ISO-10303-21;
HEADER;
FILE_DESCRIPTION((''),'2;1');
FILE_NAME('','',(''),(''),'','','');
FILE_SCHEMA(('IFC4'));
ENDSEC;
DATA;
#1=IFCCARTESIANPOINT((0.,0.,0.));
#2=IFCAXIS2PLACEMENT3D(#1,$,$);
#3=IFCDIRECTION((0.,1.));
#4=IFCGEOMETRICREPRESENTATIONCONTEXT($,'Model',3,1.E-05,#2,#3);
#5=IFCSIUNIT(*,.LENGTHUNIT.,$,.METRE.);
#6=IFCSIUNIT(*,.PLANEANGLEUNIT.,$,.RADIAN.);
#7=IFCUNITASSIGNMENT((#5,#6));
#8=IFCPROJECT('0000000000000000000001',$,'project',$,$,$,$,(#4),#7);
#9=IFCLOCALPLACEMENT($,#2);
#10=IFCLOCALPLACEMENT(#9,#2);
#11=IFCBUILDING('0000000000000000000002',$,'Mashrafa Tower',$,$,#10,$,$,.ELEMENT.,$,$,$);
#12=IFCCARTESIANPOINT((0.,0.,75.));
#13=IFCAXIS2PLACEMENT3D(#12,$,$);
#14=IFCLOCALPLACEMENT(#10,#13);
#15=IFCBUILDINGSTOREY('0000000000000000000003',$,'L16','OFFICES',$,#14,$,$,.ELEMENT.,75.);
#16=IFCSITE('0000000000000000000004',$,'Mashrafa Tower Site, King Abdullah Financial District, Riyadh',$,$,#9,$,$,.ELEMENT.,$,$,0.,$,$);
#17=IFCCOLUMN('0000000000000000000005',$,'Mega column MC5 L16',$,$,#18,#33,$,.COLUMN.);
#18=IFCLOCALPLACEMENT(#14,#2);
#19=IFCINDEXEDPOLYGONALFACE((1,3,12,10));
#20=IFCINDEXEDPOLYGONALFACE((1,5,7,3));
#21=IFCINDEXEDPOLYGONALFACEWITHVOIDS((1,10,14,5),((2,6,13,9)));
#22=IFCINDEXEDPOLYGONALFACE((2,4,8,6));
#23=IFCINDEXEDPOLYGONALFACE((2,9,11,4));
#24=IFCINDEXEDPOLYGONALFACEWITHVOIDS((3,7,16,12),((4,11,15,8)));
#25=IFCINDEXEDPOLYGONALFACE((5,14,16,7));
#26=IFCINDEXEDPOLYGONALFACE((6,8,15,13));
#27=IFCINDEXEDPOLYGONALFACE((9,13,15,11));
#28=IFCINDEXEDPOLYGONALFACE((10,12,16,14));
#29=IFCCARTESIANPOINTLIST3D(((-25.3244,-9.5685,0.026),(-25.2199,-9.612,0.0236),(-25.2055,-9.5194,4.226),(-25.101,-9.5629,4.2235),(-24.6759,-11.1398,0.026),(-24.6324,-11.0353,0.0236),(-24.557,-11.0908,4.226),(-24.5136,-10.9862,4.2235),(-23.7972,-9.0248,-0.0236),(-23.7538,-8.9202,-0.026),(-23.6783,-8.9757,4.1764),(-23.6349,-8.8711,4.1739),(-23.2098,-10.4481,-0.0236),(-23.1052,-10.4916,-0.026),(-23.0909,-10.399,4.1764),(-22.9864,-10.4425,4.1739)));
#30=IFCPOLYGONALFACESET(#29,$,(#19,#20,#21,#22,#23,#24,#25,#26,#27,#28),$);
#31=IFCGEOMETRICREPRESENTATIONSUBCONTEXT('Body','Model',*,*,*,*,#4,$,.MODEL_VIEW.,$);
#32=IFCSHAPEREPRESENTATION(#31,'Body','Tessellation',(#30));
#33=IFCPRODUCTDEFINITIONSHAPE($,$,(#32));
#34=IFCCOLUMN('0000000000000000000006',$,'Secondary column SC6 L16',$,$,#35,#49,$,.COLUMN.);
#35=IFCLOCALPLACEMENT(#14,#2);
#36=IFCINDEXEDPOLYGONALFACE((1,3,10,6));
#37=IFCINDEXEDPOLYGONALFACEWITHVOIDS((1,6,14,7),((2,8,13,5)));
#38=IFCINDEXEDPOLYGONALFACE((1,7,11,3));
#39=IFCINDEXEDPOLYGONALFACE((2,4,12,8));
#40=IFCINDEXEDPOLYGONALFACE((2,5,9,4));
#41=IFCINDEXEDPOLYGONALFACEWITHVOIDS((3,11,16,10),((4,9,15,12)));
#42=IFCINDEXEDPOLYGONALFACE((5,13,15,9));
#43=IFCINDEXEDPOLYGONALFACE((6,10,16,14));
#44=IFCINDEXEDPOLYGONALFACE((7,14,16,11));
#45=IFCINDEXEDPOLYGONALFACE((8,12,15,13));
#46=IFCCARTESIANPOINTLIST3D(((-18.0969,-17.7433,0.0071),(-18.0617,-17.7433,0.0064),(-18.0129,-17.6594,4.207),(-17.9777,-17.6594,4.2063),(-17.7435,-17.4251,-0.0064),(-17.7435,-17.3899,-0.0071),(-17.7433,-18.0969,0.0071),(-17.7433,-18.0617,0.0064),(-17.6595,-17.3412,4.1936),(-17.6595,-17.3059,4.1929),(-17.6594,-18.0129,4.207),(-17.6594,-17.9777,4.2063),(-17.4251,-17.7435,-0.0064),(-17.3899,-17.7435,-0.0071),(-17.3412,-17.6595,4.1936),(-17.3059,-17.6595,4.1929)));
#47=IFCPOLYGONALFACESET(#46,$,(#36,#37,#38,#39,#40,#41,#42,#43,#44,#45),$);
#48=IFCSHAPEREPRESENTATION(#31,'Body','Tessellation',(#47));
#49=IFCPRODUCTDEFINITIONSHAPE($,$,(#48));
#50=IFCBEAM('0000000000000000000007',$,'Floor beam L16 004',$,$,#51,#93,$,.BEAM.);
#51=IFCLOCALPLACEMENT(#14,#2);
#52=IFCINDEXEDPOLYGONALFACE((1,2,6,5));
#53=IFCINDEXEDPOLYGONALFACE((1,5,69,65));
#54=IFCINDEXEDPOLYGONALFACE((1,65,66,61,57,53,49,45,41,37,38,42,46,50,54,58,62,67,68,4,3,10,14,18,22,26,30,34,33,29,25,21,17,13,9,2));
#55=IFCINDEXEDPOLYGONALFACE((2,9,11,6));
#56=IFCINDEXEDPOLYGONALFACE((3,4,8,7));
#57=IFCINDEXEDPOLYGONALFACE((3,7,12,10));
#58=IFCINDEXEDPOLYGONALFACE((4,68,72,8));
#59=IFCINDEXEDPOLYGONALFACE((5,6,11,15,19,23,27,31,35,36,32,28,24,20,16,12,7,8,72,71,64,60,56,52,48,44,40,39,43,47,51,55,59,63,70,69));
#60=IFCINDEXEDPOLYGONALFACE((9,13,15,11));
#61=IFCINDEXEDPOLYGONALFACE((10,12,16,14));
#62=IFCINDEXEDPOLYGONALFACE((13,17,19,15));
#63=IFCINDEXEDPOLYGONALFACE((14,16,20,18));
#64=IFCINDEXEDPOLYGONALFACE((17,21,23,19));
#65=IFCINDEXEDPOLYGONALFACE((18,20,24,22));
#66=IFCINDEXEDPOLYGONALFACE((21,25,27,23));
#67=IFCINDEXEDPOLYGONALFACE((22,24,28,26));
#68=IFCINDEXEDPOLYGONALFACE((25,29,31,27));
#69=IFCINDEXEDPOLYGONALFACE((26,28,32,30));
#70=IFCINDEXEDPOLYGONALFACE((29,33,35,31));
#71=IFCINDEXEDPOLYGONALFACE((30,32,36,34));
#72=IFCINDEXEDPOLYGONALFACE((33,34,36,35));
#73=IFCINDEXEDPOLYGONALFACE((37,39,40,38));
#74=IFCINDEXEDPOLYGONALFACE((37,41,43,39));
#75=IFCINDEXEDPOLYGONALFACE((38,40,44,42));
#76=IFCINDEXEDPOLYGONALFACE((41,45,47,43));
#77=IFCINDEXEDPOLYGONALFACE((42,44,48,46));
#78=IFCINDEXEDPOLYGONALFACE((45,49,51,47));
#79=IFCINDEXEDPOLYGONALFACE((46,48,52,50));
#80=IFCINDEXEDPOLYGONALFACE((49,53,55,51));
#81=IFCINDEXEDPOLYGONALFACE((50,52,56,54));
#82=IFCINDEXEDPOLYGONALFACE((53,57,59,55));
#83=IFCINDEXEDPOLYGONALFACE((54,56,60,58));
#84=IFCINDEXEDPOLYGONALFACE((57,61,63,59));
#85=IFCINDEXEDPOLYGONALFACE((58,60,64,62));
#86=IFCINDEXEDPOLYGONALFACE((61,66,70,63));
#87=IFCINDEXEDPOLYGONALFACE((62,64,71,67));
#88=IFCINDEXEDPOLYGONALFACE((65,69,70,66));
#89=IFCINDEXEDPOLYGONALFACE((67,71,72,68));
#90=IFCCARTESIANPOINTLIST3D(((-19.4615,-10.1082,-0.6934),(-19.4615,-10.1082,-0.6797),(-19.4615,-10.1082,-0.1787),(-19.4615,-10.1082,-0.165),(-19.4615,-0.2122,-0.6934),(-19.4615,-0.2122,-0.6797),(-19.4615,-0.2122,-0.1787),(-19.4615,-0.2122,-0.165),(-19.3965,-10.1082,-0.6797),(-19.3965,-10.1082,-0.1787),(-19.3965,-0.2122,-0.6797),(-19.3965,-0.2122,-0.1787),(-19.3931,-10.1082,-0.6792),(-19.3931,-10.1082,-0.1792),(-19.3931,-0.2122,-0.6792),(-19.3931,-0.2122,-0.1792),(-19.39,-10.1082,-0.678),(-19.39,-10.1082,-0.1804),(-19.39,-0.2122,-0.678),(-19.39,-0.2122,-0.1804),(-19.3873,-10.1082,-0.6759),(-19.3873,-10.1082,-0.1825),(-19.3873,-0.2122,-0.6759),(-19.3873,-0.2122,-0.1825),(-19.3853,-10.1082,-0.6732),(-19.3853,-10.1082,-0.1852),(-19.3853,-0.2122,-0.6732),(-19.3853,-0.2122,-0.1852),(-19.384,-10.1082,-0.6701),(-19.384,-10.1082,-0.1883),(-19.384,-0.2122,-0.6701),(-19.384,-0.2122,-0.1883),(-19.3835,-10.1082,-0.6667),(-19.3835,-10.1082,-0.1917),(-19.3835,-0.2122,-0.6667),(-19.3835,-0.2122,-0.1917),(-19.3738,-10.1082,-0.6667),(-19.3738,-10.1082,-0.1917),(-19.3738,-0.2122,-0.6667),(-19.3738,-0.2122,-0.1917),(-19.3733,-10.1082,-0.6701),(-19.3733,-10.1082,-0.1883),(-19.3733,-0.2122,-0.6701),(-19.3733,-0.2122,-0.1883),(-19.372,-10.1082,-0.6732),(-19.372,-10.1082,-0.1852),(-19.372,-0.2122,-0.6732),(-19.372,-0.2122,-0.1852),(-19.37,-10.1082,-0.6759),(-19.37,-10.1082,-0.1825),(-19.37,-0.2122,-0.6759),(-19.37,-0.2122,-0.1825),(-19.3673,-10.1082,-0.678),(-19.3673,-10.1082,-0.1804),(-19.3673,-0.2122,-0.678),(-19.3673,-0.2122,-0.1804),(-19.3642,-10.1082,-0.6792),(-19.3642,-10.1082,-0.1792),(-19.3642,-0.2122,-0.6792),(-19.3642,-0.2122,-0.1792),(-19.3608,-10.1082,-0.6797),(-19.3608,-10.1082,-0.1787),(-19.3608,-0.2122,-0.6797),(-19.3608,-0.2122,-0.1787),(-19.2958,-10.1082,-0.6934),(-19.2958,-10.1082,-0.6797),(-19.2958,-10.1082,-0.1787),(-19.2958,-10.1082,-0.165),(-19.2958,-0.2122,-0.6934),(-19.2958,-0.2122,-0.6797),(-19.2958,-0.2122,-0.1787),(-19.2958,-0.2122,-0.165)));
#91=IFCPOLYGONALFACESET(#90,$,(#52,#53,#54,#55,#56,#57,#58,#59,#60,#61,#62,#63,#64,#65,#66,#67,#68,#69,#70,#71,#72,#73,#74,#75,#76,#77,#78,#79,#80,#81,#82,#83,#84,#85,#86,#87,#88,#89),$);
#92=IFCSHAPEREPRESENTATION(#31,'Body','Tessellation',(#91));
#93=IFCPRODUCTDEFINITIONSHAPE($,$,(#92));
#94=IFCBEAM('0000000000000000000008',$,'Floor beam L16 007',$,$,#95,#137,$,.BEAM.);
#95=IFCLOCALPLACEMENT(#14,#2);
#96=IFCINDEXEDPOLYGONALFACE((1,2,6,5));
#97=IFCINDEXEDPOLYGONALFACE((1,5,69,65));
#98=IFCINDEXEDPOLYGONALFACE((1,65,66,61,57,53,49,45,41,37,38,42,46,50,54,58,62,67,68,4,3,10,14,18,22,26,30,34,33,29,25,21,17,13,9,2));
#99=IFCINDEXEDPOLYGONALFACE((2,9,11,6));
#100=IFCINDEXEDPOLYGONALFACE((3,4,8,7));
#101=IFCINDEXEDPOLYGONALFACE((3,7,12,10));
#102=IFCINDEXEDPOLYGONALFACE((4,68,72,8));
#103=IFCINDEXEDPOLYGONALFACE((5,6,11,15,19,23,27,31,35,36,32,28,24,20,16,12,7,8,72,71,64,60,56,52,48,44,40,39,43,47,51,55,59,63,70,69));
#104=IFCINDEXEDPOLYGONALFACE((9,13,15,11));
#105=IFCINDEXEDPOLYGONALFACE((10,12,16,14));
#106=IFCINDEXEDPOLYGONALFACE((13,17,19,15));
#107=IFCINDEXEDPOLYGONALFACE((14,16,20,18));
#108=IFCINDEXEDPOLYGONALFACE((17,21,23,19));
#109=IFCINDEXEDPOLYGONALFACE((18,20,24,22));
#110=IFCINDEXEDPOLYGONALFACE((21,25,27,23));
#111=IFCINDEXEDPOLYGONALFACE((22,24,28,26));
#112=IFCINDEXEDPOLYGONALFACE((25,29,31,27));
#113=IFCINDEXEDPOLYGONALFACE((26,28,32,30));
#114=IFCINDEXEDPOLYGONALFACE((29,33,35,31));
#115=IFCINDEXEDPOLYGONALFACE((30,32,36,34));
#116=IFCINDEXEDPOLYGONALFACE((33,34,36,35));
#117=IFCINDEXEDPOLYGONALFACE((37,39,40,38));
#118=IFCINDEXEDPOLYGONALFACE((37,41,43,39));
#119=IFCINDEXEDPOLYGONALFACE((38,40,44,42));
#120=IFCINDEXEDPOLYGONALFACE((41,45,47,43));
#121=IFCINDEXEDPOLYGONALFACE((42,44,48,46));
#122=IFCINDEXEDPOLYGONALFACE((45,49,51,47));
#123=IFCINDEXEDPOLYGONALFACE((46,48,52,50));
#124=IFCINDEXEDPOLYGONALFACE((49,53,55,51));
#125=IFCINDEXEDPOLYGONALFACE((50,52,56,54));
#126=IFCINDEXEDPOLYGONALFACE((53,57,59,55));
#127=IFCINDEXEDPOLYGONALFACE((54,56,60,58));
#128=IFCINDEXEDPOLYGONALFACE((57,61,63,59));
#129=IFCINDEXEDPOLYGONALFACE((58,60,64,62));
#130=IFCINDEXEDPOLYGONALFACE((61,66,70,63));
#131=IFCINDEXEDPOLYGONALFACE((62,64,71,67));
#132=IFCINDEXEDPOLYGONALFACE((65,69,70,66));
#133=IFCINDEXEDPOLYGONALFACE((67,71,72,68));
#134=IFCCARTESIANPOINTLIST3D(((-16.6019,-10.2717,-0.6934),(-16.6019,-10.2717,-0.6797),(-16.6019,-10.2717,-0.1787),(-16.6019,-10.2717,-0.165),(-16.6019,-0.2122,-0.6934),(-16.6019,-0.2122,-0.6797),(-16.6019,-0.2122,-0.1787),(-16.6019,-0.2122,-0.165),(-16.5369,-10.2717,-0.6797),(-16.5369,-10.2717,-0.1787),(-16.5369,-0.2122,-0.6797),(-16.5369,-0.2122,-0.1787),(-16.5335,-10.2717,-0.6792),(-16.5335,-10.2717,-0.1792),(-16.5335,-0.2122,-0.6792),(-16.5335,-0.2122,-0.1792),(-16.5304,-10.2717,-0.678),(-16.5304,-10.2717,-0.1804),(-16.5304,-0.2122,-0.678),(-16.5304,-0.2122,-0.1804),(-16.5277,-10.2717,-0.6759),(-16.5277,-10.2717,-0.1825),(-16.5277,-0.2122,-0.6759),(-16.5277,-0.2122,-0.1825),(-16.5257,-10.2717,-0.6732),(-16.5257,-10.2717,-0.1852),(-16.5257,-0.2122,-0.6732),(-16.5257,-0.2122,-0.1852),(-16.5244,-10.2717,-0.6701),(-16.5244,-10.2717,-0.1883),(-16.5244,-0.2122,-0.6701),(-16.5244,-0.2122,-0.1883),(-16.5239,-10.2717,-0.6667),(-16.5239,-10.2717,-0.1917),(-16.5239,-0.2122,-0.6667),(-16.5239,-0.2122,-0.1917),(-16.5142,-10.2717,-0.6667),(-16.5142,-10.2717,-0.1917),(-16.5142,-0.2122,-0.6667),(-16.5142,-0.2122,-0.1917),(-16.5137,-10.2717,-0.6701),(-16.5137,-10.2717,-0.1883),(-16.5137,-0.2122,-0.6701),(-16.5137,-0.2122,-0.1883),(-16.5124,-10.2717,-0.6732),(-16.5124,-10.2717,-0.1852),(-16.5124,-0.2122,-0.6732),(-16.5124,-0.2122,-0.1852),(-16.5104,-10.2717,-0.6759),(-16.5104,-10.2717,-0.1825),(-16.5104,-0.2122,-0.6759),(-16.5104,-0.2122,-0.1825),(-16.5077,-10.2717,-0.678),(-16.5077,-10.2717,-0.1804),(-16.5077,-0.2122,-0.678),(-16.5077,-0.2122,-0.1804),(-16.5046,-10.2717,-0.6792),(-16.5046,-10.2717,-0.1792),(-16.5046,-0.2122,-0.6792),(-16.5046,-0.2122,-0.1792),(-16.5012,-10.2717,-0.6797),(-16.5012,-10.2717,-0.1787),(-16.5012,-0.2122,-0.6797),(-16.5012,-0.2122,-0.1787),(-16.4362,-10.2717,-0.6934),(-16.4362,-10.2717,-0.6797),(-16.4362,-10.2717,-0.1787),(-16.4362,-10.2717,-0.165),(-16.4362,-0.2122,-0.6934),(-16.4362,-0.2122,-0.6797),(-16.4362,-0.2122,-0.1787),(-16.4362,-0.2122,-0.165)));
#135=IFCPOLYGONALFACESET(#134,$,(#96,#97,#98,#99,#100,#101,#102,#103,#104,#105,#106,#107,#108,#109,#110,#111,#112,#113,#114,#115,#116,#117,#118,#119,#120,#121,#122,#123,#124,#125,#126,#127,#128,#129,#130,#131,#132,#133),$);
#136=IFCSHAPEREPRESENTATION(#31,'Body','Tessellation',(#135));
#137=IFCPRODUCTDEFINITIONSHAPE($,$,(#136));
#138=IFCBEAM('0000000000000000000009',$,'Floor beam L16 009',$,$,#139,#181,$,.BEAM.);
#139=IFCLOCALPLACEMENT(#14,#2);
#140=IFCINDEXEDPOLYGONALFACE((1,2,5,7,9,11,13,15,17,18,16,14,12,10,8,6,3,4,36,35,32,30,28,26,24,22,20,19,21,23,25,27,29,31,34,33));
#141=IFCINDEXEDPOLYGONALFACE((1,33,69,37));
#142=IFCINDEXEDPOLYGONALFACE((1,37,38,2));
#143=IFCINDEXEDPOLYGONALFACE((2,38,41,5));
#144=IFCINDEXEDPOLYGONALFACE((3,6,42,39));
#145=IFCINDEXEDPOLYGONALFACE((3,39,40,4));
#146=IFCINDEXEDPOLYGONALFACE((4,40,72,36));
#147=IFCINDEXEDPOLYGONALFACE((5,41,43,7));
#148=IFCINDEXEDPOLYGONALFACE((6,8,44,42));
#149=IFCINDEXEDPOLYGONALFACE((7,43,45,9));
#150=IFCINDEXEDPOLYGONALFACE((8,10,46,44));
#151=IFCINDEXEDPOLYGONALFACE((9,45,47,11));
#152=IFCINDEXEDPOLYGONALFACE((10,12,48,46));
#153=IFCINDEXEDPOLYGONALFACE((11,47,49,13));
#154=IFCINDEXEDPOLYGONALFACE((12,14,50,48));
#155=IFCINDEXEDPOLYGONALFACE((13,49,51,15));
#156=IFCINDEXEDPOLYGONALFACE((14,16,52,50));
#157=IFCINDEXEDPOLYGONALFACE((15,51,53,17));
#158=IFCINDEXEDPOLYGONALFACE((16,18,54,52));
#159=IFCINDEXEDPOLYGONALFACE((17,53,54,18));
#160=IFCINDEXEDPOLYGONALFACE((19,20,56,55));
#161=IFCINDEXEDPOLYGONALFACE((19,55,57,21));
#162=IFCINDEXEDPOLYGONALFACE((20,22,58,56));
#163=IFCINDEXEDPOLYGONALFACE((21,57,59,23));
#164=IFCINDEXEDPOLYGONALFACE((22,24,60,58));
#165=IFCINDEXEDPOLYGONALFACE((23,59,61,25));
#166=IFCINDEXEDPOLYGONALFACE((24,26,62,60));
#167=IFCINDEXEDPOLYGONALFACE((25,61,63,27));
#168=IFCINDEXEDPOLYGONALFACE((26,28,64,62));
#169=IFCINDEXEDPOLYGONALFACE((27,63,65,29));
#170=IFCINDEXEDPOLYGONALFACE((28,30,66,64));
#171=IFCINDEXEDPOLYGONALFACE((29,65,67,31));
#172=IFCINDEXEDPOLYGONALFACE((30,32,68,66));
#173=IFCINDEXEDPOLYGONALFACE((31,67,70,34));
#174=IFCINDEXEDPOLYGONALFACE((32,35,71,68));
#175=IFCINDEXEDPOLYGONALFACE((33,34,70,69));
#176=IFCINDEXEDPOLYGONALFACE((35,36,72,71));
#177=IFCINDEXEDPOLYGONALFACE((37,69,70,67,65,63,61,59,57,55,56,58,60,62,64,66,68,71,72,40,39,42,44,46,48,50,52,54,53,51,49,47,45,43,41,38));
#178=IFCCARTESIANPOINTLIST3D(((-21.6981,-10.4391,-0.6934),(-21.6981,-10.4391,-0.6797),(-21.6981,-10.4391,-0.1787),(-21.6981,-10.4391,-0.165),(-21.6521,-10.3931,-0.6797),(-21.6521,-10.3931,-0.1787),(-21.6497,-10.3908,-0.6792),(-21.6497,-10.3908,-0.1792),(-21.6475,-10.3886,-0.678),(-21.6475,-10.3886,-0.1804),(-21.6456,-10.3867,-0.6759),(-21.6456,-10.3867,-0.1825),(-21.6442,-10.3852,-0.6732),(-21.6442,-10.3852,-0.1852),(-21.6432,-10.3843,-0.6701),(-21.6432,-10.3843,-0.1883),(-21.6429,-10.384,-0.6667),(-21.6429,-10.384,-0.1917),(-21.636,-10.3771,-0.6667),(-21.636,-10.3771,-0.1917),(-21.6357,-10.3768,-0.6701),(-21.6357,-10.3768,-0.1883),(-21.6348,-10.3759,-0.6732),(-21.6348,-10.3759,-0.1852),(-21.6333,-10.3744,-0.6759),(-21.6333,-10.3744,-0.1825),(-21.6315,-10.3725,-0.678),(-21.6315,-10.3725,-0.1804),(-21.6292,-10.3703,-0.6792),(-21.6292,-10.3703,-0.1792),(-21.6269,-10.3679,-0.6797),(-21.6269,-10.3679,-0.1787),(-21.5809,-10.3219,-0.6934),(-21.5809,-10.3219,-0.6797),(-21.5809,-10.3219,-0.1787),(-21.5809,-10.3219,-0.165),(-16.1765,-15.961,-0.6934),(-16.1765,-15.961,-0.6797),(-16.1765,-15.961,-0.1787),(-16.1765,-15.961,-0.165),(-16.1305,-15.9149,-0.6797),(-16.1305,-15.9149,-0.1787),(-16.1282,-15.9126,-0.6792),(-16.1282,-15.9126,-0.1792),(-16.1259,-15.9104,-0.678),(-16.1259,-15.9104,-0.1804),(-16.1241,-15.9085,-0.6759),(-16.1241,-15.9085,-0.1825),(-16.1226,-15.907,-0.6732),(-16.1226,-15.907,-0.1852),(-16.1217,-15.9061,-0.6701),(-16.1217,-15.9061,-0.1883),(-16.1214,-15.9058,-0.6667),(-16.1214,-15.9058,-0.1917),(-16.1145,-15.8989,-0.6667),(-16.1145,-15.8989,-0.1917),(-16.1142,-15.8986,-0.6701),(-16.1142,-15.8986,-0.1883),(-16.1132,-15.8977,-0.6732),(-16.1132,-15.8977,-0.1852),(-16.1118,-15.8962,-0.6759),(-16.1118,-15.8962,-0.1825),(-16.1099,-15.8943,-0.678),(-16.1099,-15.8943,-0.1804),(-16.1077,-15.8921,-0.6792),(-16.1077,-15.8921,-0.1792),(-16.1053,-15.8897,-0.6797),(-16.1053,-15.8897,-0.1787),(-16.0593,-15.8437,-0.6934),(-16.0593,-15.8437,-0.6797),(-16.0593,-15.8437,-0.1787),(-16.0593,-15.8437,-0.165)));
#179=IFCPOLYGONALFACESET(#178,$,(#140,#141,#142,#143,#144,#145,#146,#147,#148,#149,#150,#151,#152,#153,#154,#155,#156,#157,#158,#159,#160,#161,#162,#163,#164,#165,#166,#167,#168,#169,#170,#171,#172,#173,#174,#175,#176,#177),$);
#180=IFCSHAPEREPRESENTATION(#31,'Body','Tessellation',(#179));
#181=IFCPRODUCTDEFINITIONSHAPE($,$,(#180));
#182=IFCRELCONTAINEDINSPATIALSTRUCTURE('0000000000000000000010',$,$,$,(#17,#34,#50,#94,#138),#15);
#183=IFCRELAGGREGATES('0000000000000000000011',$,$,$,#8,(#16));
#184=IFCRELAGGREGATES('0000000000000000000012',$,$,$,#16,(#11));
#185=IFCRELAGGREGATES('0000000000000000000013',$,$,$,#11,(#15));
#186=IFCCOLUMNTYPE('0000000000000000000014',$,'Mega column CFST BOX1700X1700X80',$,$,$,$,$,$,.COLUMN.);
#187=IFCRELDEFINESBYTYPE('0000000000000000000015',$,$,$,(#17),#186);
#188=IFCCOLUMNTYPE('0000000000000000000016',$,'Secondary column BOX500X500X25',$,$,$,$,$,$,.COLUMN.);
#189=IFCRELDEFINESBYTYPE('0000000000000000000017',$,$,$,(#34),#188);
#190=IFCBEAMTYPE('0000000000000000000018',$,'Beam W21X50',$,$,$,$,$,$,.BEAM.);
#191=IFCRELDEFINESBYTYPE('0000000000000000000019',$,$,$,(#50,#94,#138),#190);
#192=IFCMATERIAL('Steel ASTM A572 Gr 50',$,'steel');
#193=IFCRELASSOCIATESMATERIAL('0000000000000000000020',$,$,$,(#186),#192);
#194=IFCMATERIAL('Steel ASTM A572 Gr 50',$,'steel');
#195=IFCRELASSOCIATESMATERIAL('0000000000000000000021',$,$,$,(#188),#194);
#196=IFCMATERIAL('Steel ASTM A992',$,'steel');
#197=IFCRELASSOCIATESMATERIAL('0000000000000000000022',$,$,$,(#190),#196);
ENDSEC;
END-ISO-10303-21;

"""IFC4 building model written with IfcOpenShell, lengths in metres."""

from ifc_helpers import new_model, si_unit, direction, frame, origin, origin_2d, place, context, subcontext, project, spatial, hollow_rectangle, i_section, extrude, material, material_profile, profile_set, type_object, element, save


model = new_model("IFC4")

# Units and contexts
model_context = context("Model", 3, precision=1e-05, world=origin(), true_north=direction((0.0, 1.0)))
body_context = subcontext(model_context, "Body", "Model", "MODEL_VIEW")
ifc_project = project(units=[si_unit("LENGTHUNIT", "METRE"), si_unit("PLANEANGLEUNIT", "RADIAN")], contexts=[model_context])

# Site, building, storey
site_placement = place(None, origin())
site = spatial("IfcSite", under=ifc_project, at=site_placement, Name="Mashrafa Tower Site, King Abdullah Financial District, Riyadh", CompositionType="ELEMENT", RefElevation=0.0)
building_placement = place(site_placement, origin())
building = spatial("IfcBuilding", under=site, at=building_placement, Name="Mashrafa Tower", CompositionType="ELEMENT")
storey_placement = place(building_placement, frame((0.0, 0.0, 75.0)))
storey = spatial("IfcBuildingStorey", under=building, at=storey_placement, Name="L16", Description="OFFICES", CompositionType="ELEMENT", Elevation=75.0)

# Columns
ifc_material_1 = material(Name="Steel ASTM A572 Gr 50", Category="steel")
ifc_material_profile_1 = material_profile(ifc_material_1, hollow_rectangle(XDim=1.7, YDim=1.7, WallThickness=0.0801, at=origin_2d()), Name="BOX1700X1700X80")
ifc_profile_set_1 = profile_set([ifc_material_profile_1], Name="Steel ASTM A572 Gr 50")
column_type_1 = type_object("IfcColumnType", Name="Mega column CFST BOX1700X1700X80", PredefinedType="COLUMN", material=ifc_profile_set_1)
column_1_placement = place(storey_placement, frame((-24.2148, -10.03, 0.0), z_axis=(0.028296, 0.011679, 0.999531), x_axis=(-0.381513, 0.924363, 0.0)))
element("IfcColumn", 1, at=column_1_placement, inside=storey, type_object=column_type_1, Name="Mega column MC5 L16", PredefinedType="COLUMN", context=body_context, shape_type="SweptSolid", body=[
    extrude(hollow_rectangle(XDim=1.7, YDim=1.7, WallThickness=0.0801, at=origin_2d()), origin(), (0.0, 0.0, 1.0), 4.2019),
])
ifc_material_2 = material(Name="Steel ASTM A572 Gr 50", Category="steel")
ifc_material_profile_2 = material_profile(ifc_material_2, hollow_rectangle(XDim=0.5, YDim=0.5, WallThickness=0.0249, at=origin_2d()), Name="BOX500X500X25")
ifc_profile_set_2 = profile_set([ifc_material_profile_2], Name="Steel ASTM A572 Gr 50")
column_type_2 = type_object("IfcColumnType", Name="Secondary column BOX500X500X25", PredefinedType="COLUMN", material=ifc_profile_set_2)
column_2_placement = place(storey_placement, frame((-17.7434, -17.7434, 0.0), z_axis=(0.019989, 0.019989, 0.9996), x_axis=(-0.707107, 0.707107, 0.0)))
element("IfcColumn", 2, at=column_2_placement, inside=storey, type_object=column_type_2, Name="Secondary column SC6 L16", PredefinedType="COLUMN", context=body_context, shape_type="SweptSolid", body=[
    extrude(hollow_rectangle(XDim=0.5, YDim=0.5, WallThickness=0.0249, at=origin_2d()), origin(), (0.0, 0.0, 1.0), 4.2017),
])

# Beams
ifc_material_3 = material(Name="Steel ASTM A992", Category="steel")
ifc_material_profile_3 = material_profile(ifc_material_3, i_section(OverallWidth=0.1658, OverallDepth=0.5283, WebThickness=0.0098, FlangeThickness=0.0137, FilletRadius=0.0129, at=origin_2d()), Name="W21X50")
ifc_profile_set_3 = profile_set([ifc_material_profile_3], Name="Steel ASTM A992")
beam_type = type_object("IfcBeamType", Name="Beam W21X50", PredefinedType="BEAM", material=ifc_profile_set_3)
beam_1_placement = place(storey_placement, frame((-19.3787, -10.1082, -0.4292), z_axis=(0.0, 1.0, 0.0), x_axis=(-1.0, 0.0, 0.0)))
element("IfcBeam", 3, at=beam_1_placement, inside=storey, type_object=beam_type, Name="Floor beam L16 004", PredefinedType="BEAM", context=body_context, shape_type="SweptSolid", body=[
    extrude(i_section(OverallWidth=0.1658, OverallDepth=0.5283, WebThickness=0.0098, FlangeThickness=0.0137, FilletRadius=0.0129, at=origin_2d()), origin(), (0.0, 0.0, 1.0), 9.896),
])
beam_2_placement = place(storey_placement, frame((-16.519, -10.2717, -0.4292), z_axis=(0.0, 1.0, 0.0), x_axis=(-1.0, 0.0, 0.0)))
element("IfcBeam", 4, at=beam_2_placement, inside=storey, type_object=beam_type, Name="Floor beam L16 007", PredefinedType="BEAM", context=body_context, shape_type="SweptSolid", body=[
    extrude(i_section(OverallWidth=0.1658, OverallDepth=0.5283, WebThickness=0.0098, FlangeThickness=0.0137, FilletRadius=0.0129, at=origin_2d()), origin(), (0.0, 0.0, 1.0), 10.0596),
])
beam_3_placement = place(storey_placement, frame((-16.1179, -15.9023, -0.4292), z_axis=(-0.707091, 0.707122, 0.0), x_axis=(-0.707122, -0.707091, 0.0)))
element("IfcBeam", 5, at=beam_3_placement, inside=storey, type_object=beam_type, Name="Floor beam L16 009", PredefinedType="BEAM", context=body_context, shape_type="SweptSolid", body=[
    extrude(i_section(OverallWidth=0.1658, OverallDepth=0.5283, WebThickness=0.0098, FlangeThickness=0.0137, FilletRadius=0.0129, at=origin_2d()), origin(), (0.0, 0.0, 1.0), 7.8088),
])

save(model, "model.ifc")
